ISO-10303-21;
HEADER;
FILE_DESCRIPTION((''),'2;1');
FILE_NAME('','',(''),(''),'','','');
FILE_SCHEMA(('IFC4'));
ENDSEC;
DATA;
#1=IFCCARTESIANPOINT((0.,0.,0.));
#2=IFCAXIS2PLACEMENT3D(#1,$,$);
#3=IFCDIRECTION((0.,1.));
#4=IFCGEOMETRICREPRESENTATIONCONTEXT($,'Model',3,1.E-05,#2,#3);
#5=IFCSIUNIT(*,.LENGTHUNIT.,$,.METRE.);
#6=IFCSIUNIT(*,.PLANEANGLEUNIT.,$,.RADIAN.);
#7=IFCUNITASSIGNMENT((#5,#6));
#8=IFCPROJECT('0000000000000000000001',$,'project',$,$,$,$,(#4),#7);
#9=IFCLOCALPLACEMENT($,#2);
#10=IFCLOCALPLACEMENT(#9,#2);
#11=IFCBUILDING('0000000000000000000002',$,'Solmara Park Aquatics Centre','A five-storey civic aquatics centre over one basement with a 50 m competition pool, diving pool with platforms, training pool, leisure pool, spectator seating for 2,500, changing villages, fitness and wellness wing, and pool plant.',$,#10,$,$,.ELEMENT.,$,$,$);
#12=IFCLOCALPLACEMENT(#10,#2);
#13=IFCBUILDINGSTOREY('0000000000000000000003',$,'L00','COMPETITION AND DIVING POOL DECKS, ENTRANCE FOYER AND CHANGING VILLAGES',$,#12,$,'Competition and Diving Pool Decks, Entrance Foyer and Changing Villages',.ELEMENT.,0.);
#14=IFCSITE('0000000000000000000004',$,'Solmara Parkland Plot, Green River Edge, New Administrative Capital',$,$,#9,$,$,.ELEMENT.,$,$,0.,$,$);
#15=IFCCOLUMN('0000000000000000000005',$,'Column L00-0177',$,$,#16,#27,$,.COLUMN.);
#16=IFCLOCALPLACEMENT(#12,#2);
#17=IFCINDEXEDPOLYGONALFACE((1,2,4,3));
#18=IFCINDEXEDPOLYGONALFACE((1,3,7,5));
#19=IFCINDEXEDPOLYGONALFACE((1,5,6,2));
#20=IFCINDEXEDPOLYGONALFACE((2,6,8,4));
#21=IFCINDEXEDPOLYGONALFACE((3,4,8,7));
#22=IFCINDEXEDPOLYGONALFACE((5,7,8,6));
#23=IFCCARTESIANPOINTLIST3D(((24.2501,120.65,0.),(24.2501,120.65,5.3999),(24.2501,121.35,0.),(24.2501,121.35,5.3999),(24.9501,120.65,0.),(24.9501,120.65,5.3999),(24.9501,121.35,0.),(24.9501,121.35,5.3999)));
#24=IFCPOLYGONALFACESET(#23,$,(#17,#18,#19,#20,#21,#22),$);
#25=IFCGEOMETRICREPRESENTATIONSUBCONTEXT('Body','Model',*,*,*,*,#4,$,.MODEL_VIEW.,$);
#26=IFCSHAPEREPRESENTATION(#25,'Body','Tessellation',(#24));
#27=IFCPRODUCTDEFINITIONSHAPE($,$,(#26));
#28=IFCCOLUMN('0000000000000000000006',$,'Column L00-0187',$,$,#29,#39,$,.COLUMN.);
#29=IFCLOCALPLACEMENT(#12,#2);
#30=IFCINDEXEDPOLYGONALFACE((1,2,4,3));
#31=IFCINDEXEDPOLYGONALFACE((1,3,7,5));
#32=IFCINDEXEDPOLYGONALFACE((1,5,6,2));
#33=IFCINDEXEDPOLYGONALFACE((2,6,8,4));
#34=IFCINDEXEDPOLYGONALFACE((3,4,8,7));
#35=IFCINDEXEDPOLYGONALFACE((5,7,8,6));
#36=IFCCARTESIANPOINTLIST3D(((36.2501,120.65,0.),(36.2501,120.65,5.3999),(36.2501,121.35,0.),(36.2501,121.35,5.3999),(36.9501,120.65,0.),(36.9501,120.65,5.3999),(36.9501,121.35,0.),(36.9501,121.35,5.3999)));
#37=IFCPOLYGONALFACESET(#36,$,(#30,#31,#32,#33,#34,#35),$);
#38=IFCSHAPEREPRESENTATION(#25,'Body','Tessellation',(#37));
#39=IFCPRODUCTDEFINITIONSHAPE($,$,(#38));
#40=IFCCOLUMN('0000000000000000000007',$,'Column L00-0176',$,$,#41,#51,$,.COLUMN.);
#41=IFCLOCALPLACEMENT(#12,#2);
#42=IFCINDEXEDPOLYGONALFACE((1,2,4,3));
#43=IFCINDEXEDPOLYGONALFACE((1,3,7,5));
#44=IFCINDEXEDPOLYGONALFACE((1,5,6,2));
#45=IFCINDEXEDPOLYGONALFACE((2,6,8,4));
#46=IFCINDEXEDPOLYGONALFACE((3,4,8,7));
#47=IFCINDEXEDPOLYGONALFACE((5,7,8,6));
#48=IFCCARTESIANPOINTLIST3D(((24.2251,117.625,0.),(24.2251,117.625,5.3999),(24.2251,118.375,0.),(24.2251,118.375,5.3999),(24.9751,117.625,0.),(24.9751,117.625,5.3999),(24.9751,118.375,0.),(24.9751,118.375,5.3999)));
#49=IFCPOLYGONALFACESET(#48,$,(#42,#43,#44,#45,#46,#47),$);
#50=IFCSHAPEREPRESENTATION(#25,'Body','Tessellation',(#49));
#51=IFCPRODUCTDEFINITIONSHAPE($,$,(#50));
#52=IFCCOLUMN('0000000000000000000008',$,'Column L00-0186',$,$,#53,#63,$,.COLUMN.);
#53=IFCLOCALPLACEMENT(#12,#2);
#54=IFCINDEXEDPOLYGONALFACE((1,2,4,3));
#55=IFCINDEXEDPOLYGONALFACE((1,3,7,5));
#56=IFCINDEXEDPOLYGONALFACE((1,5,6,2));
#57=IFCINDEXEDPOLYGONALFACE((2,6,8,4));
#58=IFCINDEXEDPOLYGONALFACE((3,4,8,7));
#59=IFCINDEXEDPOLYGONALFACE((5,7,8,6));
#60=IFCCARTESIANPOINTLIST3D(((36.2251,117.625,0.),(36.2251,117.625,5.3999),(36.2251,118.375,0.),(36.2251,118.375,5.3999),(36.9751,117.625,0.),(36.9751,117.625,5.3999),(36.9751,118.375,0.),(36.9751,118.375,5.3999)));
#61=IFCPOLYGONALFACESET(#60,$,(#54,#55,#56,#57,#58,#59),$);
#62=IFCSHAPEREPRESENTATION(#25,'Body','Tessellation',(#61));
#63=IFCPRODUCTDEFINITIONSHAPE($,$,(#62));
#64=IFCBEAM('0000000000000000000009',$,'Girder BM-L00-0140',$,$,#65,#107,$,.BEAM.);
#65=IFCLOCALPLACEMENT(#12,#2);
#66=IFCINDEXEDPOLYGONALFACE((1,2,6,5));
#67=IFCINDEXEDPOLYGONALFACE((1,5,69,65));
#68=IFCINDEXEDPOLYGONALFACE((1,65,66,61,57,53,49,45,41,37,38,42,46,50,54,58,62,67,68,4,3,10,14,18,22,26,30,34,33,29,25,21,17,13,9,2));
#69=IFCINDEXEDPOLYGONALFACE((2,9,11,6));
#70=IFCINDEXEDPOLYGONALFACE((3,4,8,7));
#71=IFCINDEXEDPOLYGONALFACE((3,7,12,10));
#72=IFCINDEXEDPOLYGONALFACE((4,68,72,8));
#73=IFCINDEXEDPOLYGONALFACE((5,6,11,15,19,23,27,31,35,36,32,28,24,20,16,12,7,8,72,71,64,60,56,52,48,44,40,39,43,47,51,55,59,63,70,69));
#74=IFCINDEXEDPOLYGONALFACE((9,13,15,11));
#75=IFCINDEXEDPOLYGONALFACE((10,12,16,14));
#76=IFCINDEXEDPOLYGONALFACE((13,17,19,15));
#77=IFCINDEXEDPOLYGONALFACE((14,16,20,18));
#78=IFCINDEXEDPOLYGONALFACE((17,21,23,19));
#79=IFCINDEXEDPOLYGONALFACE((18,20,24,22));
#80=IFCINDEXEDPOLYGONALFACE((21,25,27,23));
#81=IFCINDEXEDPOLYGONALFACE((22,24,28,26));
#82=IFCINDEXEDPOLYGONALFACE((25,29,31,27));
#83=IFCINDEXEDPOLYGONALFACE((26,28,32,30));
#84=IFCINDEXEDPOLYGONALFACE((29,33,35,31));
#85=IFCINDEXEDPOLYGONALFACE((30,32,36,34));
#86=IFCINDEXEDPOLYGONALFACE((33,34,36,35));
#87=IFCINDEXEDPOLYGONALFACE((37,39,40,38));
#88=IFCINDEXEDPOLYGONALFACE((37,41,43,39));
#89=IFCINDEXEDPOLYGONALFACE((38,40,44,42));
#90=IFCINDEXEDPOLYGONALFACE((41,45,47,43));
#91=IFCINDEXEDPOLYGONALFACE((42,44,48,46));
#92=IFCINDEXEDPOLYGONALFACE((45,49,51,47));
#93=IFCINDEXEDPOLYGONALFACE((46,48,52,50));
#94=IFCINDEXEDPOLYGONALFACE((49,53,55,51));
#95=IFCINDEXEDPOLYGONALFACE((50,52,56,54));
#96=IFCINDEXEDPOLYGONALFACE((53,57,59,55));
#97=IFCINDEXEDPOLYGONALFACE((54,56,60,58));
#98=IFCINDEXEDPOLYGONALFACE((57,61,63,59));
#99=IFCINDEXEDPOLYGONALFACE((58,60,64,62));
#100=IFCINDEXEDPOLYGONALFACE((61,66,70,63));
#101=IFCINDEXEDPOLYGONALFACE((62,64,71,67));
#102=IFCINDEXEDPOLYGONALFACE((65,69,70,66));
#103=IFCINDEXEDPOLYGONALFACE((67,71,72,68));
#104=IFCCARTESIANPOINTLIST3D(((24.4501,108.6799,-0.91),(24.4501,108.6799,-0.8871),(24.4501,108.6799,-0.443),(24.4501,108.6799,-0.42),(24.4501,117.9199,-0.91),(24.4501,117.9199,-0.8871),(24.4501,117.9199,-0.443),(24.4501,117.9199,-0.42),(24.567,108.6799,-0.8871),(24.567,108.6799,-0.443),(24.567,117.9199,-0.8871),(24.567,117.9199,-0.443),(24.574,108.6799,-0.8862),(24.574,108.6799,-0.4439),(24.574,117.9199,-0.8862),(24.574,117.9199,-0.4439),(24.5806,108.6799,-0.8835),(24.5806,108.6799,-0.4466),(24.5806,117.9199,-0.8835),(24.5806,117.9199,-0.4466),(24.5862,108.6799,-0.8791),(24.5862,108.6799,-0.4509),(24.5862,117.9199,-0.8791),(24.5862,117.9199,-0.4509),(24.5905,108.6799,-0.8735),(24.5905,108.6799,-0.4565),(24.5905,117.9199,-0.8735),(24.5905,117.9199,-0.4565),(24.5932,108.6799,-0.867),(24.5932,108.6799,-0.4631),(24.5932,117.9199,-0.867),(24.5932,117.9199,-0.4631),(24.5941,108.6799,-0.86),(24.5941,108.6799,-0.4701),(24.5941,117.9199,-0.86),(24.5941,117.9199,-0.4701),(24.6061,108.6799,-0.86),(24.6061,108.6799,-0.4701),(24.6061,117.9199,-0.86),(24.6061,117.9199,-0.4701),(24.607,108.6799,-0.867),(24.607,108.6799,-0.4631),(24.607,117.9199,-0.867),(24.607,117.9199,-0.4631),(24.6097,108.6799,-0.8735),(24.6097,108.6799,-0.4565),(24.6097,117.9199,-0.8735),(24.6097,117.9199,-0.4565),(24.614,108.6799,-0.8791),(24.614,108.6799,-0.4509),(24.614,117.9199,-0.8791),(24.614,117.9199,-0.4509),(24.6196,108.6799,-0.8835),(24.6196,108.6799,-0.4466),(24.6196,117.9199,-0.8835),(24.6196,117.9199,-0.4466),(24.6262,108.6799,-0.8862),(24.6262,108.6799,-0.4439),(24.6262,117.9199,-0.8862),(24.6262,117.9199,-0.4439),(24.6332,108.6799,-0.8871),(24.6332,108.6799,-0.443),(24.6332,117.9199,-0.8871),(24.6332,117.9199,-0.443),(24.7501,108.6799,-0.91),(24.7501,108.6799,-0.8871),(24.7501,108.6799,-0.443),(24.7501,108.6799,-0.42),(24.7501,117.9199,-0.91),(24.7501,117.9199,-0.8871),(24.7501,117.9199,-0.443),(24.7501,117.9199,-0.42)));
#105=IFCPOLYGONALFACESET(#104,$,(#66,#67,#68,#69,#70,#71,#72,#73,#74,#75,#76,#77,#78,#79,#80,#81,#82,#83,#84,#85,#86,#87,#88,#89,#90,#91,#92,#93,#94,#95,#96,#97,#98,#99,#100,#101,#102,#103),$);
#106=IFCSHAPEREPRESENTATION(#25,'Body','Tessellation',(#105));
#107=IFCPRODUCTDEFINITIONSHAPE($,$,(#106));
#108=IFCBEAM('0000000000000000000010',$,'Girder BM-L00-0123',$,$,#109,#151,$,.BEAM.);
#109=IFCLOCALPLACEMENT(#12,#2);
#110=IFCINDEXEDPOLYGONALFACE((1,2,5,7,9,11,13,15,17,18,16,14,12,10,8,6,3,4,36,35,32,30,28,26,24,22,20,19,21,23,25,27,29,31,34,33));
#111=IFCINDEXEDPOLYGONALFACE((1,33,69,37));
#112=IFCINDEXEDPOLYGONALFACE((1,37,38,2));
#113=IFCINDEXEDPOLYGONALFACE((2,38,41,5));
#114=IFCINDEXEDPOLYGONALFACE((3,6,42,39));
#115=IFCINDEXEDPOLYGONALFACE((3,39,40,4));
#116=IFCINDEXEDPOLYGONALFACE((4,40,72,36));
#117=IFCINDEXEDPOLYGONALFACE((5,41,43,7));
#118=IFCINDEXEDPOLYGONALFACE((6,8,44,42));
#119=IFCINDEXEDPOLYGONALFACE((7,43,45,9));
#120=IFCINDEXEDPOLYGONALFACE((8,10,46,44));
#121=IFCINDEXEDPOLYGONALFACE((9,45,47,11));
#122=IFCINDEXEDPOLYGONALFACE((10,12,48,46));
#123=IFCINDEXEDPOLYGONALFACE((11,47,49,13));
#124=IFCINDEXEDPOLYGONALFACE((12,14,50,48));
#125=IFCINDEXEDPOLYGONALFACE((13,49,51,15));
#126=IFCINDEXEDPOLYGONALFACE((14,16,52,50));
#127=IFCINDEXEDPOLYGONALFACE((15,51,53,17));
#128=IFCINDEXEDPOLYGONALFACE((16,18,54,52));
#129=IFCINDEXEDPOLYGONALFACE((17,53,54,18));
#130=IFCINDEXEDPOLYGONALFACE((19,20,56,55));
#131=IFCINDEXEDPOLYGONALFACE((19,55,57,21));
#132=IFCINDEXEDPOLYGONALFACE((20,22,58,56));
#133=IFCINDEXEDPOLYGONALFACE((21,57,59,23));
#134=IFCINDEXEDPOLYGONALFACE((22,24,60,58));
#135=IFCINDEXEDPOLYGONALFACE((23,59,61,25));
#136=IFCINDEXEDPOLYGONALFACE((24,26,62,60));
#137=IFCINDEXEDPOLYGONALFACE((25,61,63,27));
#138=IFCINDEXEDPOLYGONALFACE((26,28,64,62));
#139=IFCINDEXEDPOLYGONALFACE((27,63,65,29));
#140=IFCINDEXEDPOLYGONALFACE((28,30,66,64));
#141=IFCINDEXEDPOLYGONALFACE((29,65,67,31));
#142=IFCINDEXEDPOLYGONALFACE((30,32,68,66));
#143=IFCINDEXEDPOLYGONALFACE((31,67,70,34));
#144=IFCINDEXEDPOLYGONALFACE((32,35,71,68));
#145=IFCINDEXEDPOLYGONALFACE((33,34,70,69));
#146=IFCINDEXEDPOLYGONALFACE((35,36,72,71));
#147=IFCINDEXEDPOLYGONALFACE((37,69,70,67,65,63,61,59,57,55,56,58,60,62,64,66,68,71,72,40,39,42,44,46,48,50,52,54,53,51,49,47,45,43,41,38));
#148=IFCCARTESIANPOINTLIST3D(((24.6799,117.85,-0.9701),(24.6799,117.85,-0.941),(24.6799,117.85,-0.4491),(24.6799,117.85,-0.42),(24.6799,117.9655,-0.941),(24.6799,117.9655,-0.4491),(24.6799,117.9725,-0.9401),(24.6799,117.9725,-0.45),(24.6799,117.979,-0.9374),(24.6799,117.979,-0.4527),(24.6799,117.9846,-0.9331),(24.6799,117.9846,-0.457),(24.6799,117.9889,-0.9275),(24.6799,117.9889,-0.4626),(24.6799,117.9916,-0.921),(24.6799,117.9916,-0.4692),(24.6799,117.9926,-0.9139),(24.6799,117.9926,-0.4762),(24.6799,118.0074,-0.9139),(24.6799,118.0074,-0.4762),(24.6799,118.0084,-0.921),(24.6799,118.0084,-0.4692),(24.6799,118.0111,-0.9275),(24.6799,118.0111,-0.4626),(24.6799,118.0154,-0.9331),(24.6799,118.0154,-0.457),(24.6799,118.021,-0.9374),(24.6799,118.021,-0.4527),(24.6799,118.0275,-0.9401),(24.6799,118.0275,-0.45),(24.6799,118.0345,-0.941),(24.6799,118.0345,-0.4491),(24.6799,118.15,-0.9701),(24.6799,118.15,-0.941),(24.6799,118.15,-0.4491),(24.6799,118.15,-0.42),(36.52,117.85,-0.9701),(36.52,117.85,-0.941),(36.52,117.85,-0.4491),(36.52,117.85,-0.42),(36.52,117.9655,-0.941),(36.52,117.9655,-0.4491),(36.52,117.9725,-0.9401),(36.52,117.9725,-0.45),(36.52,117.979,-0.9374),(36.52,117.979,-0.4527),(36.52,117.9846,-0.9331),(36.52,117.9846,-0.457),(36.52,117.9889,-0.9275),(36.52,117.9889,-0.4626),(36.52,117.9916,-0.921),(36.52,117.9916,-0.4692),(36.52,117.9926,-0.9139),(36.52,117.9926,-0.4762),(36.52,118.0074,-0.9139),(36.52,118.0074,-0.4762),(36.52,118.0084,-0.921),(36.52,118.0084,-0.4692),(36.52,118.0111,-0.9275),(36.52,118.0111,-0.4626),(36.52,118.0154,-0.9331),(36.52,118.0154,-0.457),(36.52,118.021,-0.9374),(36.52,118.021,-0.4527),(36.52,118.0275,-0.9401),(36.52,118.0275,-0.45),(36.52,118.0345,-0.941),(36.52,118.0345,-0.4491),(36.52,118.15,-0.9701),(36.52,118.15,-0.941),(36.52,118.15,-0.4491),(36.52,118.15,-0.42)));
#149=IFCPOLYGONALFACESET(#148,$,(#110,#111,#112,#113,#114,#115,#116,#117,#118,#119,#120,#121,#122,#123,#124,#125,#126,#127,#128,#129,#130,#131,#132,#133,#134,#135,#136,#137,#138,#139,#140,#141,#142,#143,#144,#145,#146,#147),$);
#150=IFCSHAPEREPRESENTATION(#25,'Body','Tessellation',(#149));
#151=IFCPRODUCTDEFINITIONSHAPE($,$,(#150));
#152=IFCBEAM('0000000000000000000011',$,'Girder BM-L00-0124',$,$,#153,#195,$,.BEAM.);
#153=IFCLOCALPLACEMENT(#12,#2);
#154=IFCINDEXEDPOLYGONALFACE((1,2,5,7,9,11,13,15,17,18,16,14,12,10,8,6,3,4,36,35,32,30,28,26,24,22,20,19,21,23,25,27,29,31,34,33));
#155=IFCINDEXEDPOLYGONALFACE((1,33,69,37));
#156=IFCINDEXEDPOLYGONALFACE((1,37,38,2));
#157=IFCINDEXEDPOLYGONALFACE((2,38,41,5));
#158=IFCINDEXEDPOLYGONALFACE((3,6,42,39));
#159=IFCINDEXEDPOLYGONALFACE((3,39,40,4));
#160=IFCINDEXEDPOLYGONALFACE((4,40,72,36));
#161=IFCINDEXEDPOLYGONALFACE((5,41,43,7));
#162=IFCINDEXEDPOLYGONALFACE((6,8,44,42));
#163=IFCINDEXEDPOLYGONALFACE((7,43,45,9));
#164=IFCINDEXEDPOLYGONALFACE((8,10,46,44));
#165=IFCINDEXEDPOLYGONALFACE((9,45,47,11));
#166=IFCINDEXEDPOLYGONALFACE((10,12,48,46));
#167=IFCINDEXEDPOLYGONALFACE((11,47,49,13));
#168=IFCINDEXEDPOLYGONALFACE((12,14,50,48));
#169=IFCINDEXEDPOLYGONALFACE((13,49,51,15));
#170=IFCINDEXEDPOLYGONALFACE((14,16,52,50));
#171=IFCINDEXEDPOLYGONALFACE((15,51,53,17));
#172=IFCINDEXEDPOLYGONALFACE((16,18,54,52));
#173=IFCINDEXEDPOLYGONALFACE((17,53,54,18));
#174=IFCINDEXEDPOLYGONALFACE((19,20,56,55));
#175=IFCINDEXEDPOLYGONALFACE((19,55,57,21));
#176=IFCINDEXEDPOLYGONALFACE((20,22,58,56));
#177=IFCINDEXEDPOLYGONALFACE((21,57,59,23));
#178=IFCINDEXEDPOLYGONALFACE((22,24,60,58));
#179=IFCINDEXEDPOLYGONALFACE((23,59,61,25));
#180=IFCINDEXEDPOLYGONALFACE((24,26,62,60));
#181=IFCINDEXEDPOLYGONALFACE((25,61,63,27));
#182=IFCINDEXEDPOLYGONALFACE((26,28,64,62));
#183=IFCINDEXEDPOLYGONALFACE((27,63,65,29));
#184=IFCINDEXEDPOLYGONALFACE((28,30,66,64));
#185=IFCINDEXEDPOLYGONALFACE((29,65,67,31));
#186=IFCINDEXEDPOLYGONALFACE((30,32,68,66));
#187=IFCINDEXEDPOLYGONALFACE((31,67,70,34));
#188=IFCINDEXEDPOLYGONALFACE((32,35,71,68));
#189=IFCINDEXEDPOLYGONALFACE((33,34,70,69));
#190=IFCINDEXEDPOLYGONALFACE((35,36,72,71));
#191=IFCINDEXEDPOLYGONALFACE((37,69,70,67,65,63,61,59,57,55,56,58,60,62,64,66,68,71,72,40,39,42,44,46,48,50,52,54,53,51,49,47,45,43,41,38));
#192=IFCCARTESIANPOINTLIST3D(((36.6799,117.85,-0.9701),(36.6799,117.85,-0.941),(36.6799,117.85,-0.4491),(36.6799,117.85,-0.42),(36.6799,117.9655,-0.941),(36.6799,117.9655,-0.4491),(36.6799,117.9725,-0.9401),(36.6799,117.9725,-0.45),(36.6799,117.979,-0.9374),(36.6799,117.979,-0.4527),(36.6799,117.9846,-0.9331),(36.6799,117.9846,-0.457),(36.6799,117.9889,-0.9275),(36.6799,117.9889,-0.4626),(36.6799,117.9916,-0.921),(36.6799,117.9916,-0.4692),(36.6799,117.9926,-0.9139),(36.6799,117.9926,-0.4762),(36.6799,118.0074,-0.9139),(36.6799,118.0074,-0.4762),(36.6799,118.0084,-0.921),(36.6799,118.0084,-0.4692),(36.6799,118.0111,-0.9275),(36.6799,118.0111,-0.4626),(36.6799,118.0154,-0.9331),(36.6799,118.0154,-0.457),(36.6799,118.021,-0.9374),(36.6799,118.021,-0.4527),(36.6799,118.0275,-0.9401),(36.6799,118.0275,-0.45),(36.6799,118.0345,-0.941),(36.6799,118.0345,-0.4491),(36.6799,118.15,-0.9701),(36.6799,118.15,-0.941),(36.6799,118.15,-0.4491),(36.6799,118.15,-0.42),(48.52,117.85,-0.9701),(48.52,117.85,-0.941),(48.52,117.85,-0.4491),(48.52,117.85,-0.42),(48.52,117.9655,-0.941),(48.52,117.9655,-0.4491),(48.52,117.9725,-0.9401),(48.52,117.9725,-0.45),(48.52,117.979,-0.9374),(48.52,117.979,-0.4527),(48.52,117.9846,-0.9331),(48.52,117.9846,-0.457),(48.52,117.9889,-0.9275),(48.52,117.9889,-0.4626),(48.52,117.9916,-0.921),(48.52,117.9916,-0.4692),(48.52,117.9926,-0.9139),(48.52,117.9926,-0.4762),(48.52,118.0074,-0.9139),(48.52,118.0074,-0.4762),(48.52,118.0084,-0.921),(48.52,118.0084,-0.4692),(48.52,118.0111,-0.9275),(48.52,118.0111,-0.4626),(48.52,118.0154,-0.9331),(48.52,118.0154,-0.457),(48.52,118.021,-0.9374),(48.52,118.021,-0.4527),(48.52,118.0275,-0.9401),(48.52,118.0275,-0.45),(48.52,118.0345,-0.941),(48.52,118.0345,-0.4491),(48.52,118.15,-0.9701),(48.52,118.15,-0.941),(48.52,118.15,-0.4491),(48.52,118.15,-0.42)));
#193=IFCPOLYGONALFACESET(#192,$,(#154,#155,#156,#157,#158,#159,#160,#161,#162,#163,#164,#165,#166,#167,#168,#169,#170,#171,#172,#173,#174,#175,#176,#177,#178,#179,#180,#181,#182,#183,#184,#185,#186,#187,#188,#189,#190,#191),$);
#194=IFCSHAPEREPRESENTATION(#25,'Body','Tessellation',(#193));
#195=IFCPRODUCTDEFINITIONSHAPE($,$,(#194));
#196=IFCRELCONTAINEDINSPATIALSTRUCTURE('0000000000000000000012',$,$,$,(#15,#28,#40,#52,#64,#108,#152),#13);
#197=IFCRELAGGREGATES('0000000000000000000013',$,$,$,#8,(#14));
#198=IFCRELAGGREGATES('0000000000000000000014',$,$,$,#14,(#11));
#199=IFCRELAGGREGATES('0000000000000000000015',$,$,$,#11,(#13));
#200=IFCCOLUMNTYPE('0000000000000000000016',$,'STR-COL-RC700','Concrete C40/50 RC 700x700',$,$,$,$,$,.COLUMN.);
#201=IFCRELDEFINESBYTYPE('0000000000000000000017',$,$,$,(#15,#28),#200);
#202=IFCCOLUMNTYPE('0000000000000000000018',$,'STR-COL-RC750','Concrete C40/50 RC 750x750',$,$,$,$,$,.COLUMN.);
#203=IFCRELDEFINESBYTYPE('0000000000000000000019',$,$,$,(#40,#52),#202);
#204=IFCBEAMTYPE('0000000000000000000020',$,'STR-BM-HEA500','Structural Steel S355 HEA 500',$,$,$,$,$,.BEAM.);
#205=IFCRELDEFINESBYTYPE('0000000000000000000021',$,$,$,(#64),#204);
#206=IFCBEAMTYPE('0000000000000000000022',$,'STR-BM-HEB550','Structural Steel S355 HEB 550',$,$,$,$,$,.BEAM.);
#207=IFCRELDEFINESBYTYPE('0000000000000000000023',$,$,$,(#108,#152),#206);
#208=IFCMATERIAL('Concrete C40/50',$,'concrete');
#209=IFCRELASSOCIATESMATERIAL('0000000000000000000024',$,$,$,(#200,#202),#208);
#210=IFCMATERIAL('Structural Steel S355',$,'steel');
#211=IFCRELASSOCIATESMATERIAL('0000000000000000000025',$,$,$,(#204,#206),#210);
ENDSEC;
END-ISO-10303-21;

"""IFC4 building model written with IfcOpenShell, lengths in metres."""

from ifc_helpers import new_model, si_unit, direction, frame, origin, origin_2d, place, context, subcontext, project, spatial, rectangle, i_section, extrude, material, material_profile, profile_set, type_object, element, save


model = new_model("IFC4")

# Units and contexts
model_context = context("Model", 3, precision=1e-05, world=origin(), true_north=direction((0.0, 1.0)))
body_context = subcontext(model_context, "Body", "Model", "MODEL_VIEW")
ifc_project = project(units=[si_unit("LENGTHUNIT", "METRE"), si_unit("PLANEANGLEUNIT", "RADIAN")], contexts=[model_context])

# Site, building, storey
site_placement = place(None, origin())
site = spatial("IfcSite", under=ifc_project, at=site_placement, Name="Solmara Parkland Plot, Green River Edge, New Administrative Capital", CompositionType="ELEMENT", RefElevation=0.0)
building_placement = place(site_placement, origin())
building = spatial("IfcBuilding", under=site, at=building_placement, Name="Solmara Park Aquatics Centre", Description="A five-storey civic aquatics centre over one basement with a 50 m competition pool, diving pool with platforms, training pool, leisure pool, spectator seating for 2,500, changing villages, fitness and wellness wing, and pool plant.", CompositionType="ELEMENT")
storey_placement = place(building_placement, origin())
storey = spatial("IfcBuildingStorey", under=building, at=storey_placement, Name="L00", Description="COMPETITION AND DIVING POOL DECKS, ENTRANCE FOYER AND CHANGING VILLAGES", LongName="Competition and Diving Pool Decks, Entrance Foyer and Changing Villages", CompositionType="ELEMENT", Elevation=0.0)

# Columns
ifc_material_1 = material(Name="Concrete C40/50", Category="concrete")
ifc_material_profile_1 = material_profile(ifc_material_1, rectangle(XDim=0.7, YDim=0.7, at=origin_2d()), Name="RC 700x700")
ifc_profile_set_1 = profile_set([ifc_material_profile_1], Name="Concrete C40/50")
column_type_1 = type_object("IfcColumnType", Name="STR-COL-RC700", Description="Concrete C40/50 RC 700x700", PredefinedType="COLUMN", material=ifc_profile_set_1)
for number, where, z_axis, x_axis, name in (
    (1, (24.6001, 121.0, 0.0), (0.0, 0.0, 1.0), (1.0, 0.0, 0.0), "Column L00-0177"),
    (2, (36.6001, 121.0, 0.0), (0.0, 0.0, 1.0), (1.0, 0.0, 0.0), "Column L00-0187"),
):
    element("IfcColumn", number, at=place(storey_placement, frame(where, z_axis=z_axis, x_axis=x_axis)), inside=storey, type_object=column_type_1, Name=name, PredefinedType="COLUMN", context=body_context, shape_type="SweptSolid", body=[
        extrude(rectangle(XDim=0.7, YDim=0.7, at=origin_2d()), origin(), (0.0, 0.0, 1.0), 5.3999),
    ])
ifc_material_profile_2 = material_profile(ifc_material_1, rectangle(XDim=0.75, YDim=0.75, at=origin_2d()), Name="RC 750x750")
ifc_profile_set_2 = profile_set([ifc_material_profile_2], Name="Concrete C40/50")
column_type_2 = type_object("IfcColumnType", Name="STR-COL-RC750", Description="Concrete C40/50 RC 750x750", PredefinedType="COLUMN", material=ifc_profile_set_2)
for number, where, z_axis, x_axis, name in (
    (3, (24.6001, 118.0, 0.0), (0.0, 0.0, 1.0), (1.0, 0.0, 0.0), "Column L00-0176"),
    (4, (36.6001, 118.0, 0.0), (0.0, 0.0, 1.0), (1.0, 0.0, 0.0), "Column L00-0186"),
):
    element("IfcColumn", number, at=place(storey_placement, frame(where, z_axis=z_axis, x_axis=x_axis)), inside=storey, type_object=column_type_2, Name=name, PredefinedType="COLUMN", context=body_context, shape_type="SweptSolid", body=[
        extrude(rectangle(XDim=0.75, YDim=0.75, at=origin_2d()), origin(), (0.0, 0.0, 1.0), 5.3999),
    ])

# Beams
ifc_material_2 = material(Name="Structural Steel S355", Category="steel")
ifc_material_profile_3 = material_profile(ifc_material_2, i_section(OverallWidth=0.3, OverallDepth=0.49, WebThickness=0.012, FlangeThickness=0.0229, FilletRadius=0.0271, at=origin_2d()), Name="HEA 500")
ifc_profile_set_3 = profile_set([ifc_material_profile_3], Name="Structural Steel S355")
beam_type_1 = type_object("IfcBeamType", Name="STR-BM-HEA500", Description="Structural Steel S355 HEA 500", PredefinedType="BEAM", material=ifc_profile_set_3)
beam_1_placement = place(storey_placement, frame((24.6001, 108.6799, -0.665), z_axis=(0.0, 1.0, 0.0), x_axis=(-1.0, 0.0, 0.0)))
element("IfcBeam", 5, at=beam_1_placement, inside=storey, type_object=beam_type_1, Name="Girder BM-L00-0140", PredefinedType="BEAM", context=body_context, shape_type="SweptSolid", body=[
    extrude(i_section(OverallWidth=0.3, OverallDepth=0.49, WebThickness=0.012, FlangeThickness=0.0229, FilletRadius=0.0271, at=origin_2d()), origin(), (0.0, 0.0, 1.0), 9.24),
])
ifc_material_profile_4 = material_profile(ifc_material_2, i_section(OverallWidth=0.3, OverallDepth=0.55, WebThickness=0.0149, FlangeThickness=0.0291, FilletRadius=0.0271, at=origin_2d()), Name="HEB 550")
ifc_profile_set_4 = profile_set([ifc_material_profile_4], Name="Structural Steel S355")
beam_type_2 = type_object("IfcBeamType", Name="STR-BM-HEB550", Description="Structural Steel S355 HEB 550", PredefinedType="BEAM", material=ifc_profile_set_4)
for number, where, z_axis, x_axis, name in (
    (6, (24.6799, 118.0, -0.6951), (1.0, 0.0, 0.0), (0.0, 1.0, 0.0), "Girder BM-L00-0123"),
    (7, (36.6799, 118.0, -0.6951), (1.0, 0.0, 0.0), (0.0, 1.0, 0.0), "Girder BM-L00-0124"),
):
    element("IfcBeam", number, at=place(storey_placement, frame(where, z_axis=z_axis, x_axis=x_axis)), inside=storey, type_object=beam_type_2, Name=name, PredefinedType="BEAM", context=body_context, shape_type="SweptSolid", body=[
        extrude(i_section(OverallWidth=0.3, OverallDepth=0.55, WebThickness=0.0149, FlangeThickness=0.0291, FilletRadius=0.0271, at=origin_2d()), origin(), (0.0, 0.0, 1.0), 11.8401),
    ])

save(model, "model.ifc")
